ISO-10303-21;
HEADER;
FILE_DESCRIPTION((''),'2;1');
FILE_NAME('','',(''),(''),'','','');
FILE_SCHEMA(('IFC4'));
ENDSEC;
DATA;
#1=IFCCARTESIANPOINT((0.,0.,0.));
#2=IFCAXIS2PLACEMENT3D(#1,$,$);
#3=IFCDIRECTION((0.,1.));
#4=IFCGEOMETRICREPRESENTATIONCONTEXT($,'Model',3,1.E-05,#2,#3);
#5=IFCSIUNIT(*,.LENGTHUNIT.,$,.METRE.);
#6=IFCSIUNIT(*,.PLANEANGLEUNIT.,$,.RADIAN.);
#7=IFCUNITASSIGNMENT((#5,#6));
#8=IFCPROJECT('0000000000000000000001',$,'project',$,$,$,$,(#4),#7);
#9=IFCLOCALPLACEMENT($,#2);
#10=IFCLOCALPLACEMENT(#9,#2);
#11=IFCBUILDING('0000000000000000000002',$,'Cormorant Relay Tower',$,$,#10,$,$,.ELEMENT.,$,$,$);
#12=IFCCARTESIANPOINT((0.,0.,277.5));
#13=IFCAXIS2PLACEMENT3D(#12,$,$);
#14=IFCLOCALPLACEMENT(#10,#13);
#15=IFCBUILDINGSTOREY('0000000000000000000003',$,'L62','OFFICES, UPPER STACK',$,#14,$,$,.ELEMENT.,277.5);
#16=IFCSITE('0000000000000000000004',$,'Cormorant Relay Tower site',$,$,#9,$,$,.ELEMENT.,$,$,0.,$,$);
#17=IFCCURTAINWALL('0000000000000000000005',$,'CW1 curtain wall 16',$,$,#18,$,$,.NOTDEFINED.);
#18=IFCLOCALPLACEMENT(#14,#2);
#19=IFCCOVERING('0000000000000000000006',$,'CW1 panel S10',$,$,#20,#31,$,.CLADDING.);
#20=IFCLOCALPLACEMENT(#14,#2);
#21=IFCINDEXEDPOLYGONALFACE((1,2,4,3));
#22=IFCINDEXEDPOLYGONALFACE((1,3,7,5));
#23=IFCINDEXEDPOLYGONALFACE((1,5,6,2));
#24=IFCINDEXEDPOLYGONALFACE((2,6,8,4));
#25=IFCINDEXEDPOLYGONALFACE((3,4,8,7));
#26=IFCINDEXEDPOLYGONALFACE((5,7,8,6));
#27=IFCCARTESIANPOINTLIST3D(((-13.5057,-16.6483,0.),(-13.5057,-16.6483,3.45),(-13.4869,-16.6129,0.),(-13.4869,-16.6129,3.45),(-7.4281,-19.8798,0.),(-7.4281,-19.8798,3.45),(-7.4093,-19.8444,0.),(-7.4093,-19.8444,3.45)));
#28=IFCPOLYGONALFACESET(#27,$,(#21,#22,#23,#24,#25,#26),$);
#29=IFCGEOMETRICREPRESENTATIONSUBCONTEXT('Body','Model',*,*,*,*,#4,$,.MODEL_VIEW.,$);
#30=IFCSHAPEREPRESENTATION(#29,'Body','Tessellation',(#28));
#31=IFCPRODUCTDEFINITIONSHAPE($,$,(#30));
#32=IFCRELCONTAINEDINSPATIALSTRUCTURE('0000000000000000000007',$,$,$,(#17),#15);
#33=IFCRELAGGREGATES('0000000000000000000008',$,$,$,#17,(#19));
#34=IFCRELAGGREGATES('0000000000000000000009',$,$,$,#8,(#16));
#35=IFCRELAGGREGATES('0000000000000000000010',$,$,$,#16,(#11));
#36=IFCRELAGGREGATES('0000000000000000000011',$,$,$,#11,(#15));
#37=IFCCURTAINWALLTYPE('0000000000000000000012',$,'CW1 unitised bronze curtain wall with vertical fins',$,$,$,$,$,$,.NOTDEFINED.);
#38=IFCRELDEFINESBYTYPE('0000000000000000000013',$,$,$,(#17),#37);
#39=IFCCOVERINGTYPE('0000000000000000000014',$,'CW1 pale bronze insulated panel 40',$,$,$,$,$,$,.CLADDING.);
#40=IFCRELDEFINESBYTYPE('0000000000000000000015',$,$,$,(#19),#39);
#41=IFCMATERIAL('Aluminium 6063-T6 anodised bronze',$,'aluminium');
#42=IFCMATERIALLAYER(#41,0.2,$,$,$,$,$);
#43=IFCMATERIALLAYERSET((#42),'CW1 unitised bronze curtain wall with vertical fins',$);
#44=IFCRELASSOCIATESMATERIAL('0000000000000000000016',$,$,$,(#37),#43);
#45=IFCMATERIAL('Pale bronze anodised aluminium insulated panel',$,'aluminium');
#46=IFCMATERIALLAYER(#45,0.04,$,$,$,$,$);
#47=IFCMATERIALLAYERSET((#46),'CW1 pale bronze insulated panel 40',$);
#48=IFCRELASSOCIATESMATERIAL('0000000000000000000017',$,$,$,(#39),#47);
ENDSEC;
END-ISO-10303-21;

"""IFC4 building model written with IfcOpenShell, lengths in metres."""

from ifc_helpers import new_model, si_unit, direction, frame, origin, origin_2d, place, context, subcontext, project, spatial, rectangle, extrude, material, layer, layer_set, type_object, element, aggregate, save


model = new_model("IFC4")

# Units and contexts
model_context = context("Model", 3, precision=1e-05, world=origin(), true_north=direction((0.0, 1.0)))
body_context = subcontext(model_context, "Body", "Model", "MODEL_VIEW")
ifc_project = project(units=[si_unit("LENGTHUNIT", "METRE"), si_unit("PLANEANGLEUNIT", "RADIAN")], contexts=[model_context])

# Site, building, storey
site_placement = place(None, origin())
site = spatial("IfcSite", under=ifc_project, at=site_placement, Name="Cormorant Relay Tower site", CompositionType="ELEMENT", RefElevation=0.0)
building_placement = place(site_placement, origin())
building = spatial("IfcBuilding", under=site, at=building_placement, Name="Cormorant Relay Tower", CompositionType="ELEMENT")
storey_placement = place(building_placement, frame((0.0, 0.0, 277.5)))
storey = spatial("IfcBuildingStorey", under=building, at=storey_placement, Name="L62", Description="OFFICES, UPPER STACK", CompositionType="ELEMENT", Elevation=277.5)

# Curtain wall
ifc_material_1 = material(Name="Aluminium 6063-T6 anodised bronze", Category="aluminium")
ifc_layer_1 = layer(ifc_material_1, 0.2)
ifc_layer_set_1 = layer_set([ifc_layer_1], Name="CW1 unitised bronze curtain wall with vertical fins")
curtain_wall_type = type_object("IfcCurtainWallType", Name="CW1 unitised bronze curtain wall with vertical fins", PredefinedType="NOTDEFINED", material=ifc_layer_set_1)
curtain_wall_placement = place(storey_placement, origin())
curtain_wall = element("IfcCurtainWall", 1, at=curtain_wall_placement, inside=storey, type_object=curtain_wall_type, Name="CW1 curtain wall 16", PredefinedType="NOTDEFINED")

# Covering
ifc_material_2 = material(Name="Pale bronze anodised aluminium insulated panel", Category="aluminium")
ifc_layer_2 = layer(ifc_material_2, 0.04)
ifc_layer_set_2 = layer_set([ifc_layer_2], Name="CW1 pale bronze insulated panel 40")
covering_type = type_object("IfcCoveringType", Name="CW1 pale bronze insulated panel 40", PredefinedType="CLADDING", material=ifc_layer_set_2)
covering_1_placement = place(storey_placement, frame((-10.4575, -18.2463, 0.0), z_axis=(0.0, 0.0, 1.0), x_axis=(0.882948, -0.469472, 0.0)))
covering_1 = element("IfcCovering", 2, at=covering_1_placement, type_object=covering_type, Name="CW1 panel S10", PredefinedType="CLADDING", context=body_context, shape_type="SweptSolid", body=[
    extrude(rectangle(XDim=6.8833, YDim=0.04, at=origin_2d()), origin(), (0.0, 0.0, 1.0), 3.45),
])
aggregate(curtain_wall, [covering_1])

save(model, "model.ifc")
